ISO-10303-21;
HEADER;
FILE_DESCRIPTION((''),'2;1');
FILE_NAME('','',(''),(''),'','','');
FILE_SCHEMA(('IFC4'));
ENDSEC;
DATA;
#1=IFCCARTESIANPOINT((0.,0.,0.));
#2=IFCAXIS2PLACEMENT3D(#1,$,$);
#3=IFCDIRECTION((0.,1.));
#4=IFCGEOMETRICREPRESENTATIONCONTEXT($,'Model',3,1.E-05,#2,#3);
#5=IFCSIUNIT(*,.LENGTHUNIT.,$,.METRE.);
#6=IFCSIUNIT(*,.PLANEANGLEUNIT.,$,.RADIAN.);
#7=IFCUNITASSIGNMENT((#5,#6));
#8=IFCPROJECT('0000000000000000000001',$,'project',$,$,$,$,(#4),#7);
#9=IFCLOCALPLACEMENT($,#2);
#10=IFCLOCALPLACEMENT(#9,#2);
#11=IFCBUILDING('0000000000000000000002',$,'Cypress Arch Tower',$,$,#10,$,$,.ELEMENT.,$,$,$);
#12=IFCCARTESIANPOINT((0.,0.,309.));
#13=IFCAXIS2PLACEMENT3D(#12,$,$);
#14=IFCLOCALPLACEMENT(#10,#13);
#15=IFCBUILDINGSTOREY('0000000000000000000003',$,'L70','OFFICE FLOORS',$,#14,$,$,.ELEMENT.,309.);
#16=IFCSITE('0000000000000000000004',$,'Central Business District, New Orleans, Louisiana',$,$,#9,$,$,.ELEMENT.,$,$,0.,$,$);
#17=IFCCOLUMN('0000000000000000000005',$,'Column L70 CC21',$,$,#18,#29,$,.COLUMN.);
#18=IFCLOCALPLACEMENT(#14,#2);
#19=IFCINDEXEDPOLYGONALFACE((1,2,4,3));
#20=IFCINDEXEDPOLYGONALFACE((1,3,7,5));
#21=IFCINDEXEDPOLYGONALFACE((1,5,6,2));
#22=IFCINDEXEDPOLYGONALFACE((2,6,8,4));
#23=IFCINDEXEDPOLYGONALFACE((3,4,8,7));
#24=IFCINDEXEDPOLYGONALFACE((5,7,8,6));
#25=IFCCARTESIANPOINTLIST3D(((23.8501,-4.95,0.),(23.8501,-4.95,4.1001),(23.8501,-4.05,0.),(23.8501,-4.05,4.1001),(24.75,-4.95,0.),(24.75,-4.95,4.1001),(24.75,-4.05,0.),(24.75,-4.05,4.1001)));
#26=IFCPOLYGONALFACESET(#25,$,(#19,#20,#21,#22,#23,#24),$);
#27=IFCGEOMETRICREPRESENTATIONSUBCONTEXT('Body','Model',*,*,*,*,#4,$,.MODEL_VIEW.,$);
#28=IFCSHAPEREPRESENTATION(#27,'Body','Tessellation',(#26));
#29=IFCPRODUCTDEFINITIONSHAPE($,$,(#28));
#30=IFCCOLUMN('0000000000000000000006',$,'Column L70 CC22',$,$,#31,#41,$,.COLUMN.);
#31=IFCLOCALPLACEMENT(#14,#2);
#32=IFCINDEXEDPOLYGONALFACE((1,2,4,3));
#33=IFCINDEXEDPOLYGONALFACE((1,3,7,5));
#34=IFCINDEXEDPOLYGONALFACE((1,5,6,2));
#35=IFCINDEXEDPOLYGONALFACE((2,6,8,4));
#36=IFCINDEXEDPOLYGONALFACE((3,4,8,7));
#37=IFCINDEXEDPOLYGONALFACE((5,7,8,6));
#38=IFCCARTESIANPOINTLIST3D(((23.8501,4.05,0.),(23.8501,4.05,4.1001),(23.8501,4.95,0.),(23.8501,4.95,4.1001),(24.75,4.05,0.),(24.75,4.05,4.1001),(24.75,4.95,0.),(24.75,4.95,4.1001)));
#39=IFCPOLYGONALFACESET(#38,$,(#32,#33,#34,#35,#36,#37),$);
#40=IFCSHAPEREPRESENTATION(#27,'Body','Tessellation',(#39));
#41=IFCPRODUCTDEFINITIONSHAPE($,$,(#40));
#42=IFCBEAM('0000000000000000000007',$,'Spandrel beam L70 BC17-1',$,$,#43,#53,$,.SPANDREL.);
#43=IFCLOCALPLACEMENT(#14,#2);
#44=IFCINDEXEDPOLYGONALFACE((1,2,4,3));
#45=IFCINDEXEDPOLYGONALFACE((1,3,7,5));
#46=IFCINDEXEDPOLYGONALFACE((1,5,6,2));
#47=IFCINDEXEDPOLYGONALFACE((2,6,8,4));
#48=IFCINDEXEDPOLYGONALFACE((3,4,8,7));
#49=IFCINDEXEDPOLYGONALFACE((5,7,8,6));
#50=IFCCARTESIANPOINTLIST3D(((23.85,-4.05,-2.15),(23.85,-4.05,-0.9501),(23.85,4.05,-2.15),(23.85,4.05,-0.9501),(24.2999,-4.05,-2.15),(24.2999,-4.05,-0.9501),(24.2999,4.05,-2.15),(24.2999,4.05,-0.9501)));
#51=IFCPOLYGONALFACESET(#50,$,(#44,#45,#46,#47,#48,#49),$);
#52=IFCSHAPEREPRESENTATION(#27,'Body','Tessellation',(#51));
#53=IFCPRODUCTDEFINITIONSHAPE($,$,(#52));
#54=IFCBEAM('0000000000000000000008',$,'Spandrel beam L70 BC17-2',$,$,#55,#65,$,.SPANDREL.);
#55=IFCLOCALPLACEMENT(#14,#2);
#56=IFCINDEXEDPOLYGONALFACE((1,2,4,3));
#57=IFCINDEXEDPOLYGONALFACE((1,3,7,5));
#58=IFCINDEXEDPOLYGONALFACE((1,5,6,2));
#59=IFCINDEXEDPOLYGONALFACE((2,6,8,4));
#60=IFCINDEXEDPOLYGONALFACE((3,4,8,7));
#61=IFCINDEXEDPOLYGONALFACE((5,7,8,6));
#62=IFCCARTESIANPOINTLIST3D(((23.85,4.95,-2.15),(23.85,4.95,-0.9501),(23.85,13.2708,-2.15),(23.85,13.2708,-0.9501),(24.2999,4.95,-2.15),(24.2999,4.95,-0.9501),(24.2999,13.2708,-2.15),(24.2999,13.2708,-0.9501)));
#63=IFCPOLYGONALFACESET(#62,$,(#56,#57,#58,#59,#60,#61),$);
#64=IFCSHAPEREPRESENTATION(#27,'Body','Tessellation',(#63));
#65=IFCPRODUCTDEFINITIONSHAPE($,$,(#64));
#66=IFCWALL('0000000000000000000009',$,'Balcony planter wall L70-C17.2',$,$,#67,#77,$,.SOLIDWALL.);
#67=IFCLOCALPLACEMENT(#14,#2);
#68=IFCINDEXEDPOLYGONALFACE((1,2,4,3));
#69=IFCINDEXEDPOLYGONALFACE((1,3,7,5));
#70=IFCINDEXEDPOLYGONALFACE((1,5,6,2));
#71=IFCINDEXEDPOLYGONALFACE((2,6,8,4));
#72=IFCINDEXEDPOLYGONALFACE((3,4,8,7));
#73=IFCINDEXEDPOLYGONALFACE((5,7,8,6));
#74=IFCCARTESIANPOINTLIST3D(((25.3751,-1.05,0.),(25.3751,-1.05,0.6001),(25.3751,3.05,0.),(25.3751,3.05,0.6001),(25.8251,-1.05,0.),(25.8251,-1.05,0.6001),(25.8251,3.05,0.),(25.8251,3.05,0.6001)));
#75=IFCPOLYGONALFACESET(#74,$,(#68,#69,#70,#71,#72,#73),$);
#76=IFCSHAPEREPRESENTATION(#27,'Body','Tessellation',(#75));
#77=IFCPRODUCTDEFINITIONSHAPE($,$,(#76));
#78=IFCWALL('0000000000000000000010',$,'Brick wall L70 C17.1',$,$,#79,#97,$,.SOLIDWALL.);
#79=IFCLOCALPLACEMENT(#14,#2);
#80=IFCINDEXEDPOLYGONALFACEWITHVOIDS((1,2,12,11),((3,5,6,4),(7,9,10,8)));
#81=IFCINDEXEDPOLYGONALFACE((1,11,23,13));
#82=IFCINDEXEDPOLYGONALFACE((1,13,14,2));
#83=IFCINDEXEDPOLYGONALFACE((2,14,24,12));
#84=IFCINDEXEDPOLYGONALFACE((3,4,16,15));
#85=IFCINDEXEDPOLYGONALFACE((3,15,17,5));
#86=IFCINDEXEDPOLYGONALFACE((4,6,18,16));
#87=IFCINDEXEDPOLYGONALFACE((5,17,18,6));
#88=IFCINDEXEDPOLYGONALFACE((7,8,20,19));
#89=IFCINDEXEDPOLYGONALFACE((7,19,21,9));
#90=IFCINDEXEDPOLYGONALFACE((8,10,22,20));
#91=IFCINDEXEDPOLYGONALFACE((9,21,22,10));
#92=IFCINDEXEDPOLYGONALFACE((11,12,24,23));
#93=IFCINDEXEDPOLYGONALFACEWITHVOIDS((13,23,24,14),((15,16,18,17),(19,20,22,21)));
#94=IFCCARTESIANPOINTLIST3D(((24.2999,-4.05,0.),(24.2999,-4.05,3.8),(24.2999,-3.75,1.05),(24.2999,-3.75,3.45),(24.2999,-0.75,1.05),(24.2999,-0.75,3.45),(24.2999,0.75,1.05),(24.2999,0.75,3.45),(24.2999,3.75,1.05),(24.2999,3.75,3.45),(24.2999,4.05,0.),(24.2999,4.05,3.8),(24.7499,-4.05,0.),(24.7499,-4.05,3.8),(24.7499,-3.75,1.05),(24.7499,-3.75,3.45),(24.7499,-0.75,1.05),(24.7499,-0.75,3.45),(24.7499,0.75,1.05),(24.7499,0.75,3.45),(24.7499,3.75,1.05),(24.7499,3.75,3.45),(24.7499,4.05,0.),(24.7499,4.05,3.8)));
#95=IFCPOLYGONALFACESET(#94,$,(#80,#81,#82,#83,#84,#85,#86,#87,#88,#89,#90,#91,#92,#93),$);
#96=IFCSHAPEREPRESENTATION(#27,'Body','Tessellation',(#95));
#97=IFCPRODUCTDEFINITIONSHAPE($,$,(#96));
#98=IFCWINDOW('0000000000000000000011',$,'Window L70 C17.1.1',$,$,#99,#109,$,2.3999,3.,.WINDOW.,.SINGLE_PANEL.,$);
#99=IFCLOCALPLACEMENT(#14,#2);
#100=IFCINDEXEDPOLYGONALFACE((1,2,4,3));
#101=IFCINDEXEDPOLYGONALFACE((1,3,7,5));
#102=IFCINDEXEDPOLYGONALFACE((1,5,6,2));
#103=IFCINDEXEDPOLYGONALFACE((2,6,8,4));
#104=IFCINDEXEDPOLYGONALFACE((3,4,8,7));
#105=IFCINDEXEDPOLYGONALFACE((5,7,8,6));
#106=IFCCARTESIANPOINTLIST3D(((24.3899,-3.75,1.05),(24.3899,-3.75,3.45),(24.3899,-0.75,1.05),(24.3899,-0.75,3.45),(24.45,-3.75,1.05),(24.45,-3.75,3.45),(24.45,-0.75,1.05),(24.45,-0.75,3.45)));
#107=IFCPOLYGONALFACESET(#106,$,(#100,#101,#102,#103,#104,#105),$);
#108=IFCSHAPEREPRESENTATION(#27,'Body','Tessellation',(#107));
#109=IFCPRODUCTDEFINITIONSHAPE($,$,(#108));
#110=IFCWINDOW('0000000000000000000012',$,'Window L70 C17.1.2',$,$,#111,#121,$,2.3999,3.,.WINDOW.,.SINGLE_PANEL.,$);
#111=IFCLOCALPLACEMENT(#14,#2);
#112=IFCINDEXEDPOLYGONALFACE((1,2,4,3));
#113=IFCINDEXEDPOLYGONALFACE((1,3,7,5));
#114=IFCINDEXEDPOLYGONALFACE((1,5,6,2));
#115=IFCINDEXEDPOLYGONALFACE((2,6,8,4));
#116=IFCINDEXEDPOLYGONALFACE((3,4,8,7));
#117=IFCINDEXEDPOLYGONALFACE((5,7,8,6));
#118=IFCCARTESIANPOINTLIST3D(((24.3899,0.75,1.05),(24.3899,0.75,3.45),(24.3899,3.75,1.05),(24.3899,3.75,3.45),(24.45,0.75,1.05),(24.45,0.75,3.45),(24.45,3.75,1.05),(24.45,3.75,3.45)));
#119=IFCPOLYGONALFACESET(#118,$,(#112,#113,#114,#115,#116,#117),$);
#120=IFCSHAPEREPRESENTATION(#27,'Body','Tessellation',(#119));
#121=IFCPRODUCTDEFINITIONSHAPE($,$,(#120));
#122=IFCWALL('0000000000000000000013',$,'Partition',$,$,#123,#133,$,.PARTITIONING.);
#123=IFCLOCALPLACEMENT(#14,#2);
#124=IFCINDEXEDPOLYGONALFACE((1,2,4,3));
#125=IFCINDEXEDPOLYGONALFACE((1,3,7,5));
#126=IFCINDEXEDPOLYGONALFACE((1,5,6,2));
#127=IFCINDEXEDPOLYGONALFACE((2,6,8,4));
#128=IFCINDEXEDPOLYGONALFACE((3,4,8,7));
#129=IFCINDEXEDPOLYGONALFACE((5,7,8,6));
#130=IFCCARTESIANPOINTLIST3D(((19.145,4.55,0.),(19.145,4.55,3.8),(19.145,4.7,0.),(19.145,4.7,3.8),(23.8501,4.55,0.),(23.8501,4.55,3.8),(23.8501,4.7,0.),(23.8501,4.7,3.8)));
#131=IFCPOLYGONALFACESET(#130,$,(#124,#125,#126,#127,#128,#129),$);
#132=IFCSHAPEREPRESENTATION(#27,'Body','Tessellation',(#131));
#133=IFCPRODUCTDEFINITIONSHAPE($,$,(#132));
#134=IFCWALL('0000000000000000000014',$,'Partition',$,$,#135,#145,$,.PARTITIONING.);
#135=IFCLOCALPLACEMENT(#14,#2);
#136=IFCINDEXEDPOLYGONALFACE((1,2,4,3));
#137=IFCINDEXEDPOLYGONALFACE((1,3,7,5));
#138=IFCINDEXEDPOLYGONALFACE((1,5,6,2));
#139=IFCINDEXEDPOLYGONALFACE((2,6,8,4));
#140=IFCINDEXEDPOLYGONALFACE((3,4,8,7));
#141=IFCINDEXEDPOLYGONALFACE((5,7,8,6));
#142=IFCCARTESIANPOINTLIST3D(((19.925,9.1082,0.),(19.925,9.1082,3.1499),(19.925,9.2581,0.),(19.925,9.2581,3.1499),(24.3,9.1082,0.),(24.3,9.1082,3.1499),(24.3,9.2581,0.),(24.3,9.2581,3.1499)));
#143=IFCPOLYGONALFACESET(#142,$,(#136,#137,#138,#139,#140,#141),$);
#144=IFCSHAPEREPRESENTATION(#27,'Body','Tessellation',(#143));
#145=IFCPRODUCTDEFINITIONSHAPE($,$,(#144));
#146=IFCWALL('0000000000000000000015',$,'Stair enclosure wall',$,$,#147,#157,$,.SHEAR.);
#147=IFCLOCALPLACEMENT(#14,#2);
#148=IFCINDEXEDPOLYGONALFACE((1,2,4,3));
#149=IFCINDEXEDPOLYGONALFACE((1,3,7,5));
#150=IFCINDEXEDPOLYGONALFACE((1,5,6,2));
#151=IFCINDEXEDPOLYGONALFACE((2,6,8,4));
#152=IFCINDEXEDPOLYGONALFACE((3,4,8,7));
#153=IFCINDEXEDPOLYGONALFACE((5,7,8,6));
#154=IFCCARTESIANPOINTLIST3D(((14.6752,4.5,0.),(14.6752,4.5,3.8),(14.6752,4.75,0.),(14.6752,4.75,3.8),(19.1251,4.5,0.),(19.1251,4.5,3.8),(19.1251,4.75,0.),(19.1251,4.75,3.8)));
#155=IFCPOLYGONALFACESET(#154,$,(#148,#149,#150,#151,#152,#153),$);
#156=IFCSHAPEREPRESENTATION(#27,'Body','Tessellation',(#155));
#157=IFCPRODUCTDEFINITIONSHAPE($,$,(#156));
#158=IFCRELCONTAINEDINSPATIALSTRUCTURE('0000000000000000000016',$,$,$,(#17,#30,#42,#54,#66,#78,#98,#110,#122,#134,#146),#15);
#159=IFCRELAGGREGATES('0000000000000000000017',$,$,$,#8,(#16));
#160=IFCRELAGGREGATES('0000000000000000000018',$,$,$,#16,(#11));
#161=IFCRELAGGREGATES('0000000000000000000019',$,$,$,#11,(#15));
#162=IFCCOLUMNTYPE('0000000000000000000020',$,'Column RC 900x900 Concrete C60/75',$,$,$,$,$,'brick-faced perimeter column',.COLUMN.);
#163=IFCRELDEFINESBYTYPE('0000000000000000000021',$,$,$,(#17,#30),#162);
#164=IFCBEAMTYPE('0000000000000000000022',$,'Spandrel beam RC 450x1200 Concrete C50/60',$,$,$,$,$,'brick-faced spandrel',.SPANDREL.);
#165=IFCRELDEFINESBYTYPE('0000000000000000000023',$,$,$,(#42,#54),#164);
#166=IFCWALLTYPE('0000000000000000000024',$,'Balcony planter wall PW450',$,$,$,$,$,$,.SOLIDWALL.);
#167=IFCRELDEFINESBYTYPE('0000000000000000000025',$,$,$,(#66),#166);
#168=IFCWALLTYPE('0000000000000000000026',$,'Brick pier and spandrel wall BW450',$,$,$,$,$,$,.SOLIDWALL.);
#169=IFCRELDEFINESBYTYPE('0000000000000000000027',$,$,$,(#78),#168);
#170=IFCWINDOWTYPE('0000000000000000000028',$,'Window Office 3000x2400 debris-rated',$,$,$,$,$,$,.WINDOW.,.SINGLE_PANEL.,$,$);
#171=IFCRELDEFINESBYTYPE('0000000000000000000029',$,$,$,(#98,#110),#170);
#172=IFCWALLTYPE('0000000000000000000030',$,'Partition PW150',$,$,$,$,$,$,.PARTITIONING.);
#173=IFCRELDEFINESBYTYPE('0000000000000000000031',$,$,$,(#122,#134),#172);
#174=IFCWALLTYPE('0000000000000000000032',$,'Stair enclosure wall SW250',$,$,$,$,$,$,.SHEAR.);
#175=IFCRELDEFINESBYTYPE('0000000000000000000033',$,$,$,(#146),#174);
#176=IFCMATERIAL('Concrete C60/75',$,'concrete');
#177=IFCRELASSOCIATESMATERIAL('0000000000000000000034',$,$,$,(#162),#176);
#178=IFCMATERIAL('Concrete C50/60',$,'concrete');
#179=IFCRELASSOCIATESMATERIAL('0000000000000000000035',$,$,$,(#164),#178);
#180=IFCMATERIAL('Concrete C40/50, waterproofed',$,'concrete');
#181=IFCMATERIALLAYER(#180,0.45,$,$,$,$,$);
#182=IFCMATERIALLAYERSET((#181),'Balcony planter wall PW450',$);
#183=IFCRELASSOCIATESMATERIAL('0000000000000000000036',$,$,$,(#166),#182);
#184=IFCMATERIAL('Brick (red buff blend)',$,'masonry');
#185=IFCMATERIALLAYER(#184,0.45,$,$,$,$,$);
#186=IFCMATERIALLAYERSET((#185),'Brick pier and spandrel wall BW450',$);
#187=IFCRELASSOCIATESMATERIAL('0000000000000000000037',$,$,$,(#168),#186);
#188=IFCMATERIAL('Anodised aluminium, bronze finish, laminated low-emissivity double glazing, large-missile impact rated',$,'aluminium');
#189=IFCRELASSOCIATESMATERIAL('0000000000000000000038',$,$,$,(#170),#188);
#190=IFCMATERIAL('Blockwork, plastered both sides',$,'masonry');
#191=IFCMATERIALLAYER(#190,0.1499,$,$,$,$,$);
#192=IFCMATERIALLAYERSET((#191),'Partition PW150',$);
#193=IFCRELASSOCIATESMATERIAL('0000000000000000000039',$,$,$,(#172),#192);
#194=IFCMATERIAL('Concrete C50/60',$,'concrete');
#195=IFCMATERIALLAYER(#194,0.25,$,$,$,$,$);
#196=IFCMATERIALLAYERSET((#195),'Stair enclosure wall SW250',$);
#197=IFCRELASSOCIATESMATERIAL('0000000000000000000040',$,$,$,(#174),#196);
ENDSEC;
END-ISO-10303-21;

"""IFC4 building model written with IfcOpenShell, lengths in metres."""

from ifc_helpers import new_model, si_unit, direction, frame, frame_2d, origin, origin_2d, place, context, subcontext, project, spatial, rectangle, extrude, material, layer, layer_set, material_profile, profile_set, type_object, element, fill, save


model = new_model("IFC4")

# Units and contexts
model_context = context("Model", 3, precision=1e-05, world=origin(), true_north=direction((0.0, 1.0)))
body_context = subcontext(model_context, "Body", "Model", "MODEL_VIEW")
ifc_project = project(units=[si_unit("LENGTHUNIT", "METRE"), si_unit("PLANEANGLEUNIT", "RADIAN")], contexts=[model_context])

# Site, building, storey
site_placement = place(None, origin())
site = spatial("IfcSite", under=ifc_project, at=site_placement, Name="Central Business District, New Orleans, Louisiana", CompositionType="ELEMENT", RefElevation=0.0)
building_placement = place(site_placement, origin())
building = spatial("IfcBuilding", under=site, at=building_placement, Name="Cypress Arch Tower", CompositionType="ELEMENT")
storey_placement = place(building_placement, frame((0.0, 0.0, 309.0)))
storey = spatial("IfcBuildingStorey", under=building, at=storey_placement, Name="L70", Description="OFFICE FLOORS", CompositionType="ELEMENT", Elevation=309.0)

# Columns
ifc_material_1 = material(Name="Concrete C60/75", Category="concrete")
ifc_material_profile_1 = material_profile(ifc_material_1, rectangle(XDim=0.8999, YDim=0.8999, at=origin_2d()), Name="RC 900x900")
ifc_profile_set_1 = profile_set([ifc_material_profile_1], Name="Concrete C60/75")
column_type = type_object("IfcColumnType", Name="Column RC 900x900 Concrete C60/75", ElementType="brick-faced perimeter column", PredefinedType="COLUMN", material=ifc_profile_set_1)
for number, where, z_axis, x_axis, name in (
    (1, (24.3, -4.5, 0.0), (0.0, 0.0, 1.0), (0.0, 1.0, 0.0), "Column L70 CC21"),
    (2, (24.3, 4.5, 0.0), (0.0, 0.0, 1.0), (0.0, 1.0, 0.0), "Column L70 CC22"),
):
    element("IfcColumn", number, at=place(storey_placement, frame(where, z_axis=z_axis, x_axis=x_axis)), inside=storey, type_object=column_type, Name=name, PredefinedType="COLUMN", context=body_context, shape_type="SweptSolid", body=[
        extrude(rectangle(XDim=0.8999, YDim=0.8999, at=origin_2d()), origin(), (0.0, 0.0, 1.0), 4.1001),
    ])

# Beams
ifc_material_2 = material(Name="Concrete C50/60", Category="concrete")
ifc_material_profile_2 = material_profile(ifc_material_2, rectangle(XDim=0.45, YDim=1.2, at=origin_2d()), Name="RC 450x1200")
ifc_profile_set_2 = profile_set([ifc_material_profile_2], Name="Concrete C50/60")
beam_type = type_object("IfcBeamType", Name="Spandrel beam RC 450x1200 Concrete C50/60", ElementType="brick-faced spandrel", PredefinedType="SPANDREL", material=ifc_profile_set_2)
beam_1_placement = place(storey_placement, frame((24.075, -4.05, -1.55), z_axis=(0.0, 1.0, 0.0), x_axis=(-1.0, 0.0, 0.0)))
element("IfcBeam", 3, at=beam_1_placement, inside=storey, type_object=beam_type, Name="Spandrel beam L70 BC17-1", PredefinedType="SPANDREL", context=body_context, shape_type="SweptSolid", body=[
    extrude(rectangle(XDim=0.45, YDim=1.2, at=origin_2d()), origin(), (0.0, 0.0, 1.0), 8.1001),
])
beam_2_placement = place(storey_placement, frame((24.075, 4.95, -1.55), z_axis=(0.0, 1.0, 0.0), x_axis=(-1.0, 0.0, 0.0)))
element("IfcBeam", 4, at=beam_2_placement, inside=storey, type_object=beam_type, Name="Spandrel beam L70 BC17-2", PredefinedType="SPANDREL", context=body_context, shape_type="SweptSolid", body=[
    extrude(rectangle(XDim=0.45, YDim=1.2, at=origin_2d()), origin(), (0.0, 0.0, 1.0), 8.3208),
])

# Wall
ifc_material_3 = material(Name="Concrete C40/50, waterproofed", Category="concrete")
ifc_layer_1 = layer(ifc_material_3, 0.45)
ifc_layer_set_1 = layer_set([ifc_layer_1], Name="Balcony planter wall PW450")
wall_type_1 = type_object("IfcWallType", Name="Balcony planter wall PW450", PredefinedType="SOLIDWALL", material=ifc_layer_set_1)
wall_1_placement = place(storey_placement, frame((25.6001, -1.05, 0.0), z_axis=(0.0, 0.0, 1.0), x_axis=(0.0, 1.0, 0.0)))
element("IfcWall", 5, at=wall_1_placement, inside=storey, type_object=wall_type_1, Name="Balcony planter wall L70-C17.2", PredefinedType="SOLIDWALL", context=body_context, shape_type="SweptSolid", body=[
    extrude(rectangle(XDim=4.1001, YDim=0.45, at=frame_2d((2.05, 0.0))), origin(), (0.0, 0.0, 1.0), 0.6001),
])

# Wall, openings, windows
ifc_material_4 = material(Name="Brick (red buff blend)", Category="masonry")
ifc_layer_2 = layer(ifc_material_4, 0.45)
ifc_layer_set_2 = layer_set([ifc_layer_2], Name="Brick pier and spandrel wall BW450")
wall_type_2 = type_object("IfcWallType", Name="Brick pier and spandrel wall BW450", PredefinedType="SOLIDWALL", material=ifc_layer_set_2)
wall_2_placement = place(storey_placement, frame((24.5249, -4.05, 0.0), z_axis=(0.0, 0.0, 1.0), x_axis=(0.0, 1.0, 0.0)))
wall_2 = element("IfcWall", 6, at=wall_2_placement, inside=storey, type_object=wall_type_2, Name="Brick wall L70 C17.1", PredefinedType="SOLIDWALL", context=body_context, shape_type="SweptSolid", body=[
    extrude(rectangle(XDim=8.1001, YDim=0.45, at=frame_2d((4.05, 0.0))), origin(), (0.0, 0.0, 1.0), 3.8),
])
opening_1_placement = place(wall_2_placement, frame((0.3, 0.0, 1.05)))
opening_1 = element("IfcOpeningElement", 7, at=opening_1_placement, cuts=wall_2, PredefinedType="OPENING", context=body_context, shape_type="SweptSolid", body=[
    extrude(rectangle(XDim=3.0, YDim=2.3999, at=frame_2d((1.5, 1.2))), frame((0.0, 0.2349, 0.0), z_axis=(0.0, -1.0, 0.0), x_axis=(1.0, 0.0, 0.0)), (0.0, 0.0, 1.0), 0.47),
])
opening_2_placement = place(wall_2_placement, frame((4.8, 0.0, 1.05)))
opening_2 = element("IfcOpeningElement", 8, at=opening_2_placement, cuts=wall_2, PredefinedType="OPENING", context=body_context, shape_type="SweptSolid", body=[
    extrude(rectangle(XDim=3.0, YDim=2.3999, at=frame_2d((1.5, 1.2))), frame((0.0, 0.2349, 0.0), z_axis=(0.0, -1.0, 0.0), x_axis=(1.0, 0.0, 0.0)), (0.0, 0.0, 1.0), 0.47),
])
ifc_material_5 = material(Name="Anodised aluminium, bronze finish, laminated low-emissivity double glazing, large-missile impact rated", Category="aluminium")
window_type_1 = type_object("IfcWindowType", Name="Window Office 3000x2400 debris-rated", PartitioningType="SINGLE_PANEL", PredefinedType="WINDOW", material=ifc_material_5)
window_1_placement = place(opening_1_placement, origin())
window_1 = element("IfcWindow", 9, at=window_1_placement, inside=storey, type_object=window_type_1, Name="Window L70 C17.1.1", OverallHeight=2.3999, OverallWidth=3.0, PartitioningType="SINGLE_PANEL", PredefinedType="WINDOW", context=body_context, shape_type="SweptSolid", body=[
    extrude(rectangle(XDim=3.0, YDim=2.3999, at=frame_2d((1.5, 1.2))), frame((0.0, 0.135, 0.0), z_axis=(0.0, -1.0, 0.0), x_axis=(1.0, 0.0, 0.0)), (0.0, 0.0, 1.0), 0.0601),
])
fill(opening_1, window_1)
window_2_placement = place(opening_2_placement, origin())
window_2 = element("IfcWindow", 10, at=window_2_placement, inside=storey, type_object=window_type_1, Name="Window L70 C17.1.2", OverallHeight=2.3999, OverallWidth=3.0, PartitioningType="SINGLE_PANEL", PredefinedType="WINDOW", context=body_context, shape_type="SweptSolid", body=[
    extrude(rectangle(XDim=3.0, YDim=2.3999, at=frame_2d((1.5, 1.2))), frame((0.0, 0.135, 0.0), z_axis=(0.0, -1.0, 0.0), x_axis=(1.0, 0.0, 0.0)), (0.0, 0.0, 1.0), 0.0601),
])
fill(opening_2, window_2)

# Walls
ifc_material_6 = material(Name="Blockwork, plastered both sides", Category="masonry")
ifc_layer_3 = layer(ifc_material_6, 0.1499)
ifc_layer_set_3 = layer_set([ifc_layer_3], Name="Partition PW150")
wall_type_3 = type_object("IfcWallType", Name="Partition PW150", PredefinedType="PARTITIONING", material=ifc_layer_set_3)
wall_3_placement = place(storey_placement, frame((19.145, 4.625, 0.0), z_axis=(0.0, 0.0, 1.0), x_axis=(1.0, 0.0, 0.0)))
element("IfcWall", 11, at=wall_3_placement, inside=storey, type_object=wall_type_3, Name="Partition", PredefinedType="PARTITIONING", context=body_context, shape_type="SweptSolid", body=[
    extrude(rectangle(XDim=4.7051, YDim=0.1499, at=frame_2d((2.3525, 0.0))), origin(), (0.0, 0.0, 1.0), 3.8),
])
wall_4_placement = place(storey_placement, frame((19.925, 9.1831, 0.0), z_axis=(0.0, 0.0, 1.0), x_axis=(1.0, 0.0, 0.0)))
element("IfcWall", 12, at=wall_4_placement, inside=storey, type_object=wall_type_3, Name="Partition", PredefinedType="PARTITIONING", context=body_context, shape_type="SweptSolid", body=[
    extrude(rectangle(XDim=4.375, YDim=0.1499, at=frame_2d((2.1875, 0.0))), origin(), (0.0, 0.0, 1.0), 3.1499),
])
ifc_material_7 = material(Name="Concrete C50/60", Category="concrete")
ifc_layer_4 = layer(ifc_material_7, 0.25)
ifc_layer_set_4 = layer_set([ifc_layer_4], Name="Stair enclosure wall SW250")
wall_type_4 = type_object("IfcWallType", Name="Stair enclosure wall SW250", PredefinedType="SHEAR", material=ifc_layer_set_4)
wall_5_placement = place(storey_placement, frame((14.675, 4.625, 0.0), z_axis=(0.0, 0.0, 1.0), x_axis=(1.0, 0.0, 0.0)))
element("IfcWall", 13, at=wall_5_placement, inside=storey, type_object=wall_type_4, Name="Stair enclosure wall", PredefinedType="SHEAR", context=body_context, shape_type="SweptSolid", body=[
    extrude(rectangle(XDim=4.45, YDim=0.25, at=frame_2d((2.2251, 0.0))), origin(), (0.0, 0.0, 1.0), 3.8),
])

save(model, "model.ifc")
